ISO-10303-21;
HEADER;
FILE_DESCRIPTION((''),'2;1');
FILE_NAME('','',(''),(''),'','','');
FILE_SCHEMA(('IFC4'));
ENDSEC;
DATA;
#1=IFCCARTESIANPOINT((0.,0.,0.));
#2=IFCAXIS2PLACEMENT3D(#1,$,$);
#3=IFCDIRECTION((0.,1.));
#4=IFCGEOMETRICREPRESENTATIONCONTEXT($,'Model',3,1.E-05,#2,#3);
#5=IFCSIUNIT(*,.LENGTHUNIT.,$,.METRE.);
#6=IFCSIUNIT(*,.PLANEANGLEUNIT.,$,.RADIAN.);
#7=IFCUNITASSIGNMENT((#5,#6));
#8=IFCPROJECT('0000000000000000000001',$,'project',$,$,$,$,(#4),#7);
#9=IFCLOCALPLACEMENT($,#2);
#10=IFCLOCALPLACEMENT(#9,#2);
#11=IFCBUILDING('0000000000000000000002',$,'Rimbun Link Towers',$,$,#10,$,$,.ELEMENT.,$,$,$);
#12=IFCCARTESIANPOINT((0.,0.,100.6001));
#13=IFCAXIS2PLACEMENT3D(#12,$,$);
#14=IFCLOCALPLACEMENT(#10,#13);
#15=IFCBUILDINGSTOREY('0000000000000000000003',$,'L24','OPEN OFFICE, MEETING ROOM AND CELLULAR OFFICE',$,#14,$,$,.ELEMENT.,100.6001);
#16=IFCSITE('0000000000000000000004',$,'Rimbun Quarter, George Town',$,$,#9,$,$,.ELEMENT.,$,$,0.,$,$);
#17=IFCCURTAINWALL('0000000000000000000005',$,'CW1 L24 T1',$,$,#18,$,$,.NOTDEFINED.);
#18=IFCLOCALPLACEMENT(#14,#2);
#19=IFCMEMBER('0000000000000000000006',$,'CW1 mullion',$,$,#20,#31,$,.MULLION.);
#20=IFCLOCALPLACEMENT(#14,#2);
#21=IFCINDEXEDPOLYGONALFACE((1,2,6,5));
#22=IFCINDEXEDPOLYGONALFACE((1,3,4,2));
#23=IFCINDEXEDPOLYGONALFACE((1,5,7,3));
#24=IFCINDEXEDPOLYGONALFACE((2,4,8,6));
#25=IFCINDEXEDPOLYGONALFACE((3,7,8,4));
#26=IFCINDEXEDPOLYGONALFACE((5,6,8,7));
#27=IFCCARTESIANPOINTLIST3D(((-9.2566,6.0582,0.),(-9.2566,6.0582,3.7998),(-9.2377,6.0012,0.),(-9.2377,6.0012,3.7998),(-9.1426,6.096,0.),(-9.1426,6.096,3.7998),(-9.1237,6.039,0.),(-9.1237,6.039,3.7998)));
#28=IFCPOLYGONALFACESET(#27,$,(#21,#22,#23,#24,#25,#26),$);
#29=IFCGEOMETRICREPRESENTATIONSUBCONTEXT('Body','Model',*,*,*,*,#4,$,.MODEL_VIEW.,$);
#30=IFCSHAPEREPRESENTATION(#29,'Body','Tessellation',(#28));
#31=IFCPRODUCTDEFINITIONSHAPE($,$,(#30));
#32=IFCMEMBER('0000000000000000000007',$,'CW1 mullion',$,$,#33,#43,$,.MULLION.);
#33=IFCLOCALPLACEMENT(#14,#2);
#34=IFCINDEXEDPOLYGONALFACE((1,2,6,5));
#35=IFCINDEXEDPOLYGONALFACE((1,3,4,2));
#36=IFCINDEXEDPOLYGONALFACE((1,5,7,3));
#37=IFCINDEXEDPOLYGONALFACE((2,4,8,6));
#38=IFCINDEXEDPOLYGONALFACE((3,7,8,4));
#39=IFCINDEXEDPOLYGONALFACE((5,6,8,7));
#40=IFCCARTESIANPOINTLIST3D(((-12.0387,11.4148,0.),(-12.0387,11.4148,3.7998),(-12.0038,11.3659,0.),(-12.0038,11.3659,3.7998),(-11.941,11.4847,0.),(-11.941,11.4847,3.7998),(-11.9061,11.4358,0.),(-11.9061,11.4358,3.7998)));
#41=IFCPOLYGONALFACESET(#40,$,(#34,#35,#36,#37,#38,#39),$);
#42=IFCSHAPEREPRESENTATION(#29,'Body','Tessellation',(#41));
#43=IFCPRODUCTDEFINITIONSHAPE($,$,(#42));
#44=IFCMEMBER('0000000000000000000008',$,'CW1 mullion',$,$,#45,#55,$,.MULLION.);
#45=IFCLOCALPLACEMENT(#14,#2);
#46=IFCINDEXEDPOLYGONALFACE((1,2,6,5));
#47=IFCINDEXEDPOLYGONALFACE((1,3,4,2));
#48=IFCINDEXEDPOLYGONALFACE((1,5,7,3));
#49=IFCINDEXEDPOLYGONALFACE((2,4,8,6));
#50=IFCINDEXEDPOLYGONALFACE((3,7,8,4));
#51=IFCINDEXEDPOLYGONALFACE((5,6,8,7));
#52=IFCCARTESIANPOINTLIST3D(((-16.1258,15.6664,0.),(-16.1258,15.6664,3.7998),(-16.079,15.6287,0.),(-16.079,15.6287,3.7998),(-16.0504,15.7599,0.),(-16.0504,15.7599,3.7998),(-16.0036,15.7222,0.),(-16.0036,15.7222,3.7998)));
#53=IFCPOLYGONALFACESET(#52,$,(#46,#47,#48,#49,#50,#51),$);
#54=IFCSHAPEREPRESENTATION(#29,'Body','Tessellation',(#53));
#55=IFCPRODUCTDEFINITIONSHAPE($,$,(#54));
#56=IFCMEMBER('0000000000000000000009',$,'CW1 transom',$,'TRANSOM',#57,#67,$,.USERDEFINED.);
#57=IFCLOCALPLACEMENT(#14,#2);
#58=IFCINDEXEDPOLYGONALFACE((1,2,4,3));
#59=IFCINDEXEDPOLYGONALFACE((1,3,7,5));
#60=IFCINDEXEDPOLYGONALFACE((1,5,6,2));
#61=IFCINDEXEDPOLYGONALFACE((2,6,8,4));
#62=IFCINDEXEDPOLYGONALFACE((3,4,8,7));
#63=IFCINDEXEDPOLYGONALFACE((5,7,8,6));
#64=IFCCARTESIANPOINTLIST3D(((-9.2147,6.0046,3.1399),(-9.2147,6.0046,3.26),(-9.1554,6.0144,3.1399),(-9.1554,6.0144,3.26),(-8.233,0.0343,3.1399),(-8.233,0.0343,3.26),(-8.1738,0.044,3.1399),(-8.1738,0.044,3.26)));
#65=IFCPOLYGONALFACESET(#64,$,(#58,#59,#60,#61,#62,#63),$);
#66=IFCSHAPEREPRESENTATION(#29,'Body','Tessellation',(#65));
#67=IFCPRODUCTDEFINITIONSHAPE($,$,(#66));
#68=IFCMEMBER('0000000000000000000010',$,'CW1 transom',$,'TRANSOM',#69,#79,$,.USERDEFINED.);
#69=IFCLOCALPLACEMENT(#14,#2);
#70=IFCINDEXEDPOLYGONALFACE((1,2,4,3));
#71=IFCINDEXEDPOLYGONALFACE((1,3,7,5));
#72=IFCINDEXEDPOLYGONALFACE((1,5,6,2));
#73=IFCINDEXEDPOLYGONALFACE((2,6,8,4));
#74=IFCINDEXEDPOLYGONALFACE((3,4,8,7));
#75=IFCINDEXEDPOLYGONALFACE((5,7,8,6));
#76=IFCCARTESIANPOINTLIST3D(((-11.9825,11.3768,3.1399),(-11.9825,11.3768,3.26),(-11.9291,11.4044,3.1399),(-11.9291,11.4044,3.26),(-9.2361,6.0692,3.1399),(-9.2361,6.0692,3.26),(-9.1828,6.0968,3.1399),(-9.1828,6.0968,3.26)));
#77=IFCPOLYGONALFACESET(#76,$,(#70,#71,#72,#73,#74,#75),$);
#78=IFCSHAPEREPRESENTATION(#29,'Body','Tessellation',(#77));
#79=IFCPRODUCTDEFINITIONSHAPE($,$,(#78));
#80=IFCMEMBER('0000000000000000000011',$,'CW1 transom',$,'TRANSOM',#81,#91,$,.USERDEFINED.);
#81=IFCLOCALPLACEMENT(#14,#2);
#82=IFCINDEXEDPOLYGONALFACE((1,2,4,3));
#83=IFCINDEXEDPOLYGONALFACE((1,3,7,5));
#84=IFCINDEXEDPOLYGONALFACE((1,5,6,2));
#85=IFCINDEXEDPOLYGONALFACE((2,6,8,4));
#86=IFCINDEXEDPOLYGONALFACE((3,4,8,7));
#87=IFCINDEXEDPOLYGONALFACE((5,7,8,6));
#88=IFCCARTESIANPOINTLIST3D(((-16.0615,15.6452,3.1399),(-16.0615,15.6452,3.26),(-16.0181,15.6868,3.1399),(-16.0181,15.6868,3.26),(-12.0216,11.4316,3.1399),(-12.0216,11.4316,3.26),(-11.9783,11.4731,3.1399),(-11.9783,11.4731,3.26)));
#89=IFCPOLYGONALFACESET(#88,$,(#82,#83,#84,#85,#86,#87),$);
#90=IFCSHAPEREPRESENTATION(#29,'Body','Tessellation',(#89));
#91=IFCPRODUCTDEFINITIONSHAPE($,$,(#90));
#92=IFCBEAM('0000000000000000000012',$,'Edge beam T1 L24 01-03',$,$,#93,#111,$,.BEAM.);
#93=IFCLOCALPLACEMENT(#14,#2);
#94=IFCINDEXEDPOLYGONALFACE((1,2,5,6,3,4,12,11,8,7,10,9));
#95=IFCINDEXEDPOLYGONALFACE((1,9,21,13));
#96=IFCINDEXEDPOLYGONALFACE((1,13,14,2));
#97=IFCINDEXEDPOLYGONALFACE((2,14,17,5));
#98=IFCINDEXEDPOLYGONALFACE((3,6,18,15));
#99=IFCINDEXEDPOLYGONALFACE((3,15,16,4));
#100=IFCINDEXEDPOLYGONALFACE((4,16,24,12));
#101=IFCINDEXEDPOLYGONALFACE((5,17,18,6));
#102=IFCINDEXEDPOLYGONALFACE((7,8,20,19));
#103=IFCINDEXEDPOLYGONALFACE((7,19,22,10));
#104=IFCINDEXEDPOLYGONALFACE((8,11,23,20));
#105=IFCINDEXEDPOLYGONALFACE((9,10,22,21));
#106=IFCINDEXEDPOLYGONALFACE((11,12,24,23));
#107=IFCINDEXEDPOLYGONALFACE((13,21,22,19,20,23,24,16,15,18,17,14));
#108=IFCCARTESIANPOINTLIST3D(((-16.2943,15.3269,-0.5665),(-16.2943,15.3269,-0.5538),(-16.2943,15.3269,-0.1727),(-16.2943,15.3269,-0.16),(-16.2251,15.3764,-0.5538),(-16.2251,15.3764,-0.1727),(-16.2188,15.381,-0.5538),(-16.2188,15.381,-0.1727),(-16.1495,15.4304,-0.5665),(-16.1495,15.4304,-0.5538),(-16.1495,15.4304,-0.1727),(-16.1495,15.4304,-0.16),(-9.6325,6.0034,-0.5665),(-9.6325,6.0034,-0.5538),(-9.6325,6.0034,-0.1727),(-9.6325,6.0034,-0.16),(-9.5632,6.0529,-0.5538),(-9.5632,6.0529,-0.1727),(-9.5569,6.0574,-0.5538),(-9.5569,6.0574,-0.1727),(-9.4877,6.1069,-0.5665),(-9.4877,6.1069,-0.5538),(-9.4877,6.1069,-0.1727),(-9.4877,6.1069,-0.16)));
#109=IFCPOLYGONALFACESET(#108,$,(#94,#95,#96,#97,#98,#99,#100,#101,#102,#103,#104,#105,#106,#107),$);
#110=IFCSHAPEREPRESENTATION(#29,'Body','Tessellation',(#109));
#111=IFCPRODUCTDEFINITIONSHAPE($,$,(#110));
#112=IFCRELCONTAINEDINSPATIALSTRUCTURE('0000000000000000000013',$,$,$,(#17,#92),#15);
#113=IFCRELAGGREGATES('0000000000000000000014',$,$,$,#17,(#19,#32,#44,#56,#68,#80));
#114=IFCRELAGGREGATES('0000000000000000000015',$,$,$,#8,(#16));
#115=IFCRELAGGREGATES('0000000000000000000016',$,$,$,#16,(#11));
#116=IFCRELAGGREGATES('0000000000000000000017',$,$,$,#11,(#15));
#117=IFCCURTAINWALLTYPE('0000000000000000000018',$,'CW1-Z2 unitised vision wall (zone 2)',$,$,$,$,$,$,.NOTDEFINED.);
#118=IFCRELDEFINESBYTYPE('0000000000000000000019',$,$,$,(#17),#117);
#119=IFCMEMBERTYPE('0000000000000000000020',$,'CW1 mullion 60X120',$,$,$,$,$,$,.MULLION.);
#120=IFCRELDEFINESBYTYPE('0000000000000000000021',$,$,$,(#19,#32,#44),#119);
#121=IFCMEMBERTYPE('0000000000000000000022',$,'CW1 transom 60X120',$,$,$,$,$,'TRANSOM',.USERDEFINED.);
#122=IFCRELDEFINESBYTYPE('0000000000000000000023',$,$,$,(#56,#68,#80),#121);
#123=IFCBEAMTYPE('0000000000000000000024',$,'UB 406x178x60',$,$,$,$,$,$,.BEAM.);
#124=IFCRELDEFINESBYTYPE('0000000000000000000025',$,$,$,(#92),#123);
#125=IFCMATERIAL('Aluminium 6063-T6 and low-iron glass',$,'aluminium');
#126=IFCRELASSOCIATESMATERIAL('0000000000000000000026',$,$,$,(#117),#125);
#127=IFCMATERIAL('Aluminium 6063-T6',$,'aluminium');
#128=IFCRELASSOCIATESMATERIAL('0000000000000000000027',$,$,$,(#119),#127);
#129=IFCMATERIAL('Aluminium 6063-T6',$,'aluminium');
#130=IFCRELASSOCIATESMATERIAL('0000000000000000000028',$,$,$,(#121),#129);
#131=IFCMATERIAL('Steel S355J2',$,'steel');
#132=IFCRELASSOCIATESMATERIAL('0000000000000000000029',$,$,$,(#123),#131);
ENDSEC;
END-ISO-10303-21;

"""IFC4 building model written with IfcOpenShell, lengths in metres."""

from ifc_helpers import new_model, si_unit, direction, frame, origin, origin_2d, place, context, subcontext, project, spatial, rectangle, i_section, extrude, material, material_profile, profile_set, type_object, element, aggregate, save


model = new_model("IFC4")

# Units and contexts
model_context = context("Model", 3, precision=1e-05, world=origin(), true_north=direction((0.0, 1.0)))
body_context = subcontext(model_context, "Body", "Model", "MODEL_VIEW")
ifc_project = project(units=[si_unit("LENGTHUNIT", "METRE"), si_unit("PLANEANGLEUNIT", "RADIAN")], contexts=[model_context])

# Site, building, storey
site_placement = place(None, origin())
site = spatial("IfcSite", under=ifc_project, at=site_placement, Name="Rimbun Quarter, George Town", CompositionType="ELEMENT", RefElevation=0.0)
building_placement = place(site_placement, origin())
building = spatial("IfcBuilding", under=site, at=building_placement, Name="Rimbun Link Towers", CompositionType="ELEMENT")
storey_placement = place(building_placement, frame((0.0, 0.0, 100.6001)))
storey = spatial("IfcBuildingStorey", under=building, at=storey_placement, Name="L24", Description="OPEN OFFICE, MEETING ROOM AND CELLULAR OFFICE", CompositionType="ELEMENT", Elevation=100.6001)

# Curtain wall, members
ifc_material_1 = material(Name="Aluminium 6063-T6 and low-iron glass", Category="aluminium")
curtain_wall_type = type_object("IfcCurtainWallType", Name="CW1-Z2 unitised vision wall (zone 2)", PredefinedType="NOTDEFINED", material=ifc_material_1)
curtain_wall_placement = place(storey_placement, origin())
curtain_wall = element("IfcCurtainWall", 1, at=curtain_wall_placement, inside=storey, type_object=curtain_wall_type, Name="CW1 L24 T1", PredefinedType="NOTDEFINED")
ifc_material_2 = material(Name="Aluminium 6063-T6", Category="aluminium")
ifc_material_profile_1 = material_profile(ifc_material_2, rectangle(XDim=0.1201, YDim=0.0601, at=origin_2d()), Name="MULLION 60X120")
ifc_profile_set_1 = profile_set([ifc_material_profile_1], Name="Aluminium 6063-T6")
member_type_1 = type_object("IfcMemberType", Name="CW1 mullion 60X120", PredefinedType="MULLION", material=ifc_profile_set_1)
member_1_placement = place(storey_placement, frame((-9.1902, 6.0486, 0.0), z_axis=(0.0, 0.0, 1.0), x_axis=(0.949161, 0.314792, 0.0)))
member_1 = element("IfcMember", 2, at=member_1_placement, type_object=member_type_1, Name="CW1 mullion", PredefinedType="MULLION", context=body_context, shape_type="SweptSolid", body=[
    extrude(rectangle(XDim=0.1201, YDim=0.0601, at=origin_2d()), origin(), (0.0, 0.0, 1.0), 3.7998),
])
member_2_placement = place(storey_placement, frame((-11.9724, 11.4253, 0.0), z_axis=(0.0, 0.0, 1.0), x_axis=(0.813351, 0.581773, 0.0)))
member_2 = element("IfcMember", 3, at=member_2_placement, type_object=member_type_1, Name="CW1 mullion", PredefinedType="MULLION", context=body_context, shape_type="SweptSolid", body=[
    extrude(rectangle(XDim=0.1201, YDim=0.0601, at=origin_2d()), origin(), (0.0, 0.0, 1.0), 3.7998),
])
member_3_placement = place(storey_placement, frame((-16.0647, 15.6943, 0.0), z_axis=(0.0, 0.0, 1.0), x_axis=(0.627675, 0.778476, 0.0)))
member_3 = element("IfcMember", 4, at=member_3_placement, type_object=member_type_1, Name="CW1 mullion", PredefinedType="MULLION", context=body_context, shape_type="SweptSolid", body=[
    extrude(rectangle(XDim=0.1201, YDim=0.0601, at=origin_2d()), origin(), (0.0, 0.0, 1.0), 3.7998),
])
ifc_material_3 = material(Name="Aluminium 6063-T6", Category="aluminium")
ifc_material_profile_2 = material_profile(ifc_material_3, rectangle(XDim=0.0601, YDim=0.1201, at=origin_2d()), Name="TRANSOM 60X120")
ifc_profile_set_2 = profile_set([ifc_material_profile_2], Name="Aluminium 6063-T6")
member_type_2 = type_object("IfcMemberType", Name="CW1 transom 60X120", ElementType="TRANSOM", PredefinedType="USERDEFINED", material=ifc_profile_set_2)
member_4_placement = place(storey_placement, frame((-9.1851, 6.0095, 3.2), z_axis=(0.162246, -0.98675, 0.0), x_axis=(0.98675, 0.162246, 0.0)))
member_4 = element("IfcMember", 5, at=member_4_placement, type_object=member_type_2, Name="CW1 transom", ObjectType="TRANSOM", PredefinedType="USERDEFINED", context=body_context, shape_type="SweptSolid", body=[
    extrude(rectangle(XDim=0.0601, YDim=0.1201, at=origin_2d()), origin(), (0.0, 0.0, 1.0), 6.0505),
])
member_5_placement = place(storey_placement, frame((-11.9558, 11.3906, 3.2), z_axis=(0.459557, -0.888148, 0.0), x_axis=(0.888148, 0.459557, 0.0)))
member_5 = element("IfcMember", 6, at=member_5_placement, type_object=member_type_2, Name="CW1 transom", ObjectType="TRANSOM", PredefinedType="USERDEFINED", context=body_context, shape_type="SweptSolid", body=[
    extrude(rectangle(XDim=0.0601, YDim=0.1201, at=origin_2d()), origin(), (0.0, 0.0, 1.0), 5.9761),
])
member_6_placement = place(storey_placement, frame((-16.0398, 15.666, 3.2), z_axis=(0.692061, -0.721839, 0.0), x_axis=(0.721839, 0.692061, 0.0)))
member_6 = element("IfcMember", 7, at=member_6_placement, type_object=member_type_2, Name="CW1 transom", ObjectType="TRANSOM", PredefinedType="USERDEFINED", context=body_context, shape_type="SweptSolid", body=[
    extrude(rectangle(XDim=0.0601, YDim=0.1201, at=origin_2d()), origin(), (0.0, 0.0, 1.0), 5.8374),
])

# Beam
ifc_material_4 = material(Name="Steel S355J2", Category="steel")
ifc_material_profile_3 = material_profile(ifc_material_4, i_section(OverallWidth=0.178, OverallDepth=0.4065, WebThickness=0.0078, FlangeThickness=0.0127, at=origin_2d()), Name="UB 406x178x60")
ifc_profile_set_3 = profile_set([ifc_material_profile_3], Name="Steel S355J2")
beam_type = type_object("IfcBeamType", Name="UB 406x178x60", PredefinedType="BEAM", material=ifc_profile_set_3)
beam_placement = place(storey_placement, frame((-9.5601, 6.0552, -0.3633), z_axis=(-0.581367, 0.813641, 0.0), x_axis=(-0.813641, -0.581367, 0.0)))
element("IfcBeam", 8, at=beam_placement, inside=storey, type_object=beam_type, Name="Edge beam T1 L24 01-03", PredefinedType="BEAM", context=body_context, shape_type="SweptSolid", body=[
    extrude(i_section(OverallWidth=0.178, OverallDepth=0.4065, WebThickness=0.0078, FlangeThickness=0.0127, at=origin_2d()), origin(), (0.0, 0.0, 1.0), 11.459),
])

aggregate(curtain_wall, [member_1, member_2, member_3, member_4, member_5, member_6])

save(model, "model.ifc")
